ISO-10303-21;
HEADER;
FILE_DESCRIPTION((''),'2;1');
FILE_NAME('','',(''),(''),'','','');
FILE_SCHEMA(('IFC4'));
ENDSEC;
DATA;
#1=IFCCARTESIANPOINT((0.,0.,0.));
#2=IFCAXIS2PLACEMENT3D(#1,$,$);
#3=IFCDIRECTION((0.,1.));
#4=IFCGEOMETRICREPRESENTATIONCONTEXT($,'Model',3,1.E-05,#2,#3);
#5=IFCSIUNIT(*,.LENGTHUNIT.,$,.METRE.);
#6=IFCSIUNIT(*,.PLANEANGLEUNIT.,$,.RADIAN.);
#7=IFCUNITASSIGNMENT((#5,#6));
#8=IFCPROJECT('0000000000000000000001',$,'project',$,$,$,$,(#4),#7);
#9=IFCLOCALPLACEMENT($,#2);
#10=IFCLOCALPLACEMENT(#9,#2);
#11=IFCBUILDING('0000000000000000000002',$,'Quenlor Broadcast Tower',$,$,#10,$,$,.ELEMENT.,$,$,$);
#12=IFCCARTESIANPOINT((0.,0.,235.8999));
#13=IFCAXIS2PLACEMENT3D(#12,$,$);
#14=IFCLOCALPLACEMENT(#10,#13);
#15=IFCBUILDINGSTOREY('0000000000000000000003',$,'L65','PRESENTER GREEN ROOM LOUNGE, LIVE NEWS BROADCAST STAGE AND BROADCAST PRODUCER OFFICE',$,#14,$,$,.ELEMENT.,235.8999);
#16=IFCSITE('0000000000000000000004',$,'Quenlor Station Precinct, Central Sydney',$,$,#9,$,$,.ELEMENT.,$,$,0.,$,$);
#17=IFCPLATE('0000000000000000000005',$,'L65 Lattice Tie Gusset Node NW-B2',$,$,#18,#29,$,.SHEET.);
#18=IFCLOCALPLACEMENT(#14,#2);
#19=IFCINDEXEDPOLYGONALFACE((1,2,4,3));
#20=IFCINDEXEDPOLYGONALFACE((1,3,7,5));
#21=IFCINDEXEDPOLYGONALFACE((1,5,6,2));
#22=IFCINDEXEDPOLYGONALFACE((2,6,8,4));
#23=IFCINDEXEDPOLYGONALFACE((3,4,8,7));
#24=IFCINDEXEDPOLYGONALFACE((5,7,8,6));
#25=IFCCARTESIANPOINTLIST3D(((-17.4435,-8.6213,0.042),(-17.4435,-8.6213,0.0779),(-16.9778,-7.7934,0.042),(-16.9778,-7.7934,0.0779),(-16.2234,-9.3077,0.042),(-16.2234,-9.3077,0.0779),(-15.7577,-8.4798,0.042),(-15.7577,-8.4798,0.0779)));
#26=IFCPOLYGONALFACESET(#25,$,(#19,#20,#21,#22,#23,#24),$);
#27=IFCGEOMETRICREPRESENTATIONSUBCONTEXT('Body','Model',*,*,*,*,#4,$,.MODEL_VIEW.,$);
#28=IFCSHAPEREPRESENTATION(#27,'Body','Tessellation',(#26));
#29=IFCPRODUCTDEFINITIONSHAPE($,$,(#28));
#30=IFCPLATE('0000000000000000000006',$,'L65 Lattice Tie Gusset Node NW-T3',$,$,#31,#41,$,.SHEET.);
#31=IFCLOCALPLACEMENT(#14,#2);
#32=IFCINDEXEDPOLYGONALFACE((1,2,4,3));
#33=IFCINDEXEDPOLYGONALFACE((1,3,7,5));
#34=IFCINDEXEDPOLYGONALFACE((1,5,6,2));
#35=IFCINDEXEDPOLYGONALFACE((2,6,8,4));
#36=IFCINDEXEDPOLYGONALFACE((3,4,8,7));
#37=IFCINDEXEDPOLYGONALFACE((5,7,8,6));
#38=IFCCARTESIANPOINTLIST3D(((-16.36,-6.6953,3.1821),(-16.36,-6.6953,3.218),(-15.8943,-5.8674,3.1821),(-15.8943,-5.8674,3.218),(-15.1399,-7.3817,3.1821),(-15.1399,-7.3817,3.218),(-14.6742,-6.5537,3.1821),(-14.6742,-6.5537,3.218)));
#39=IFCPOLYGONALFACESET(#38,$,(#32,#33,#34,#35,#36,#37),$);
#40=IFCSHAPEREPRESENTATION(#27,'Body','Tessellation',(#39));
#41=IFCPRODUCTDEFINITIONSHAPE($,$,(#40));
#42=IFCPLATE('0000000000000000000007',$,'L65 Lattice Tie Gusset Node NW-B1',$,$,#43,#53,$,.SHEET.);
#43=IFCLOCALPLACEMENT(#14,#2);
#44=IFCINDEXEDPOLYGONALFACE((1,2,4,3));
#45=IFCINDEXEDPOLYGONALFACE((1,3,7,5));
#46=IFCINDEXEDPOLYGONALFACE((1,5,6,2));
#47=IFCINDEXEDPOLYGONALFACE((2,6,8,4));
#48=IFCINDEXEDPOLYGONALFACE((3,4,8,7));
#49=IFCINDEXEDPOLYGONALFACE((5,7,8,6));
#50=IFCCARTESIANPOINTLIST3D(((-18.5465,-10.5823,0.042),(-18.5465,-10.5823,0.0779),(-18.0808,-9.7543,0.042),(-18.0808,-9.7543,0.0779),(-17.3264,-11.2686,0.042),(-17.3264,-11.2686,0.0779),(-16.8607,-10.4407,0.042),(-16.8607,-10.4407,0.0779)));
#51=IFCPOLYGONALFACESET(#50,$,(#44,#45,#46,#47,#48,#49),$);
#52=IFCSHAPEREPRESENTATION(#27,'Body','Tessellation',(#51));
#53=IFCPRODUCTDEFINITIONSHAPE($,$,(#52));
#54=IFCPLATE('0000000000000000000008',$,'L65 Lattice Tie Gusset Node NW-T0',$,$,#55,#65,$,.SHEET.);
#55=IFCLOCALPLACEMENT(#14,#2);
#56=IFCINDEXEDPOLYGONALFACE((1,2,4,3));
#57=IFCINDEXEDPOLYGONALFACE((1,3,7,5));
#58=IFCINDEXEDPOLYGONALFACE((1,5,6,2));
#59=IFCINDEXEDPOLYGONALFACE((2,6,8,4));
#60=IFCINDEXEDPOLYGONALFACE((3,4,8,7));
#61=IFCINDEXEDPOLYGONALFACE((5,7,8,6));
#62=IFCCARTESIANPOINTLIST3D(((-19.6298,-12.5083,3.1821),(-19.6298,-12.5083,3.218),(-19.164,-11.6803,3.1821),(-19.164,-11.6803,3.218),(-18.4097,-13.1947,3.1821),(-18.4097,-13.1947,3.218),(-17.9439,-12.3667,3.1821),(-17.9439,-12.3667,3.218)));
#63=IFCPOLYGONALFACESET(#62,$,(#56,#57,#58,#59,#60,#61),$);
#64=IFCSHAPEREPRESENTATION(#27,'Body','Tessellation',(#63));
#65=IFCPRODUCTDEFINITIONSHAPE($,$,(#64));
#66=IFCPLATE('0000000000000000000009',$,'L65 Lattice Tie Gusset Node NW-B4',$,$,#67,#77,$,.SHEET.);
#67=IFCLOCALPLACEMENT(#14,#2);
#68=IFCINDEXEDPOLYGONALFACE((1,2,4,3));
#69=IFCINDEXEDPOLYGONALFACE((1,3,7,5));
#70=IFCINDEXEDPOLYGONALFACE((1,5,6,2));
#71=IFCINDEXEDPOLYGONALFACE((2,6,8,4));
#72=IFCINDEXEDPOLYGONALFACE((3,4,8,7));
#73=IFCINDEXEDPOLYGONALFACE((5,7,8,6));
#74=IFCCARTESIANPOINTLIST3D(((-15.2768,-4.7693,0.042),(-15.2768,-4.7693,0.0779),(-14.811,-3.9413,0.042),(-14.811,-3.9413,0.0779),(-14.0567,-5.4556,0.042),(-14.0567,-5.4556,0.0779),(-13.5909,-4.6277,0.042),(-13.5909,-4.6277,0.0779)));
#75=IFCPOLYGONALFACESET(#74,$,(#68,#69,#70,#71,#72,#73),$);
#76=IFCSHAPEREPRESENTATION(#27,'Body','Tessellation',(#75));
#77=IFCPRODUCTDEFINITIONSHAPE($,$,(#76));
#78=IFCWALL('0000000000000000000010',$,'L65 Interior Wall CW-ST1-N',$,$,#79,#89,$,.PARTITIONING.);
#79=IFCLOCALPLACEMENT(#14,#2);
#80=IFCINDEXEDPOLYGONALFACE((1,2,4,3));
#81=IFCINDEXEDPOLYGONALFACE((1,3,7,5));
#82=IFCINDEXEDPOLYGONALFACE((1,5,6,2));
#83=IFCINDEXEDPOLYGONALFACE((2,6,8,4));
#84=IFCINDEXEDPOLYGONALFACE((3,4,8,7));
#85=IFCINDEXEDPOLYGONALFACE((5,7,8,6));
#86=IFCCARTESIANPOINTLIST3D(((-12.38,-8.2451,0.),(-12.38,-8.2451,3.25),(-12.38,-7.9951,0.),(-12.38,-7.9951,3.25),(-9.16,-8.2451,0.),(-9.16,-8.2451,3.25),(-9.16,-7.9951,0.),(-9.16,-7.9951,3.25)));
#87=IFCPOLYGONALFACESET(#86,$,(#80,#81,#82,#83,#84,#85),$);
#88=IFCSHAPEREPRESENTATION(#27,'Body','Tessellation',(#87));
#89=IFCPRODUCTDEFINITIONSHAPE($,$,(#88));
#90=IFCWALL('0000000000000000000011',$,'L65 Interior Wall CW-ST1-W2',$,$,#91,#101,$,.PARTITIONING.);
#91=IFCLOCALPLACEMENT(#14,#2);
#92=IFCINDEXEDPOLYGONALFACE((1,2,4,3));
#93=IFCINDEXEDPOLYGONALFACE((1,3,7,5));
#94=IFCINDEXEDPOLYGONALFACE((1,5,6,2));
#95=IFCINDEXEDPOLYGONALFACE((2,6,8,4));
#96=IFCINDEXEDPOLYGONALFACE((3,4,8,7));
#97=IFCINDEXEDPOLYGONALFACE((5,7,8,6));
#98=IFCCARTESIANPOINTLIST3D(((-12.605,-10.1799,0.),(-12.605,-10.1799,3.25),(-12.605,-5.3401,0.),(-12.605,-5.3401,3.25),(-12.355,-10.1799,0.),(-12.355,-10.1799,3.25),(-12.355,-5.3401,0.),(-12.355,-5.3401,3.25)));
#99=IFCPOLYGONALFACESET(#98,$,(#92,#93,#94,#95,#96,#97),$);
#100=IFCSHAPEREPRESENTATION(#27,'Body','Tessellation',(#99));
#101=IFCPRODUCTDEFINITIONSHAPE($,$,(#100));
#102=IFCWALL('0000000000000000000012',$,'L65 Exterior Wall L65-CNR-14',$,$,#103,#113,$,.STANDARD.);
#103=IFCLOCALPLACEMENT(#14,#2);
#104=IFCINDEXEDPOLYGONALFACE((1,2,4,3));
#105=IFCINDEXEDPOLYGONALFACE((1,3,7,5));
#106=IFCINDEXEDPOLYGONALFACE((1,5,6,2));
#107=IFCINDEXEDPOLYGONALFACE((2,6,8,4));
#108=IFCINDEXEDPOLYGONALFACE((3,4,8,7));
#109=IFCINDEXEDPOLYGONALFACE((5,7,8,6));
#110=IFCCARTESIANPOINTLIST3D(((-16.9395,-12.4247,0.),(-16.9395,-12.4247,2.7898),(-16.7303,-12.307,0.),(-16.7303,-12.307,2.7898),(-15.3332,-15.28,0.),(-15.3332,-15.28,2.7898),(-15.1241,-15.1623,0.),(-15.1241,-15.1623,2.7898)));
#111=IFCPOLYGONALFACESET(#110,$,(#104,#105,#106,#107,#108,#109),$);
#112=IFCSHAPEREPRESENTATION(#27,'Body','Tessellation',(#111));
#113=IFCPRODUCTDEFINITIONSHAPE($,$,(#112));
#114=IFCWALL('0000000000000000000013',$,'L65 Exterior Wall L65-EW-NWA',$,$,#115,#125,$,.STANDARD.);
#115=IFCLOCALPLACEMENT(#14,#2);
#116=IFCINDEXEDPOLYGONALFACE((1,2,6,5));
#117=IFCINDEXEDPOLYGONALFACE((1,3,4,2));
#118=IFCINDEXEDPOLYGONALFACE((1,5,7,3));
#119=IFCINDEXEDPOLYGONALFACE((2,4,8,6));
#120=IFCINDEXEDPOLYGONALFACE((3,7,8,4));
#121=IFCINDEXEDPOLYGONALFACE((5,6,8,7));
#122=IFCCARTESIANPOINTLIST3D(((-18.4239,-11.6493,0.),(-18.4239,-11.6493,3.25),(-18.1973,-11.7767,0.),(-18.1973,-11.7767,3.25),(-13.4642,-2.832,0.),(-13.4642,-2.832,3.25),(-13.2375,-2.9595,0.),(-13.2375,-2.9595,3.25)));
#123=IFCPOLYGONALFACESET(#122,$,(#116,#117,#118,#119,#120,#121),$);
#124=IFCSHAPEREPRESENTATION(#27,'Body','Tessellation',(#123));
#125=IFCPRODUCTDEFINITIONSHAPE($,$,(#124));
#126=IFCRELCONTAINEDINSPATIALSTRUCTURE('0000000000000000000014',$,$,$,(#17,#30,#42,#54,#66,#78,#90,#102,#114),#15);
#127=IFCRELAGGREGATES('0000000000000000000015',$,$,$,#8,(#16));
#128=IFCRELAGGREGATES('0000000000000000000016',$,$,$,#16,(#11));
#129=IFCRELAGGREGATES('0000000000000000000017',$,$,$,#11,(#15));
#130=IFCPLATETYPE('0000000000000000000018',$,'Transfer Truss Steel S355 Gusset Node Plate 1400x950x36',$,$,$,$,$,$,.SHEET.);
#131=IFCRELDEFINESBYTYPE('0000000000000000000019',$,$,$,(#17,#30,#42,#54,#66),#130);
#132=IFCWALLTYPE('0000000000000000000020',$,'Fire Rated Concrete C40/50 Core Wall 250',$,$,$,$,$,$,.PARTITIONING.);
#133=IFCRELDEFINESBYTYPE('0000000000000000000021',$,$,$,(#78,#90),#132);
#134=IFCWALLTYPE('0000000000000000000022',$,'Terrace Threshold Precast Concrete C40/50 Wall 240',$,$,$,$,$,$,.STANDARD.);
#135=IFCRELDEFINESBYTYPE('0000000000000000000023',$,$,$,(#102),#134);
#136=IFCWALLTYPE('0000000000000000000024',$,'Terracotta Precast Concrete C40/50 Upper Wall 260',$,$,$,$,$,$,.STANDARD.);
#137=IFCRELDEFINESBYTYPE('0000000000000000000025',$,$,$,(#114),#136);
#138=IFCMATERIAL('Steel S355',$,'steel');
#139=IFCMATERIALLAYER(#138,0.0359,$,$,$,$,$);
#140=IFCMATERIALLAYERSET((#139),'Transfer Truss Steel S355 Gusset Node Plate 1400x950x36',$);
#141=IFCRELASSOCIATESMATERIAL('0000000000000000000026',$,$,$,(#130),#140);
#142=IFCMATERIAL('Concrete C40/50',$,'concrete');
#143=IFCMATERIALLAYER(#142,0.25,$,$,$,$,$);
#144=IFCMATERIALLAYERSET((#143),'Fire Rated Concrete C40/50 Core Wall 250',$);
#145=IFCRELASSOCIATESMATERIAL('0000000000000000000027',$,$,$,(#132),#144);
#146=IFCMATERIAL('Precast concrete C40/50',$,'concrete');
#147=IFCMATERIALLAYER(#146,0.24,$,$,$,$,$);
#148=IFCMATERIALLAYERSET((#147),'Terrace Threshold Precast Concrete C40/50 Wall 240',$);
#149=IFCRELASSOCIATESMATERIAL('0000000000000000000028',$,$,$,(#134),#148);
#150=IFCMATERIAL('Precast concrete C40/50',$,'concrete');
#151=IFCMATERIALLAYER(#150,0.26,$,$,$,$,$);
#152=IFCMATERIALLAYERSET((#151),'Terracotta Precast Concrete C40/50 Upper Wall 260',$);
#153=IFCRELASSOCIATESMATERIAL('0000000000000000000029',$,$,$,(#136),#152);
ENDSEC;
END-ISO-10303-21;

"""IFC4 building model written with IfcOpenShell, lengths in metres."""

from ifc_helpers import new_model, si_unit, direction, frame, frame_2d, origin, origin_2d, place, context, subcontext, project, spatial, rectangle, extrude, material, layer, layer_set, type_object, element, save


model = new_model("IFC4")

# Units and contexts
model_context = context("Model", 3, precision=1e-05, world=origin(), true_north=direction((0.0, 1.0)))
body_context = subcontext(model_context, "Body", "Model", "MODEL_VIEW")
ifc_project = project(units=[si_unit("LENGTHUNIT", "METRE"), si_unit("PLANEANGLEUNIT", "RADIAN")], contexts=[model_context])

# Site, building, storey
site_placement = place(None, origin())
site = spatial("IfcSite", under=ifc_project, at=site_placement, Name="Quenlor Station Precinct, Central Sydney", CompositionType="ELEMENT", RefElevation=0.0)
building_placement = place(site_placement, origin())
building = spatial("IfcBuilding", under=site, at=building_placement, Name="Quenlor Broadcast Tower", CompositionType="ELEMENT")
storey_placement = place(building_placement, frame((0.0, 0.0, 235.8999)))
storey = spatial("IfcBuildingStorey", under=building, at=storey_placement, Name="L65", Description="PRESENTER GREEN ROOM LOUNGE, LIVE NEWS BROADCAST STAGE AND BROADCAST PRODUCER OFFICE", CompositionType="ELEMENT", Elevation=235.8999)

# Plates
ifc_material_1 = material(Name="Steel S355", Category="steel")
ifc_layer_1 = layer(ifc_material_1, 0.0359)
ifc_layer_set_1 = layer_set([ifc_layer_1], Name="Transfer Truss Steel S355 Gusset Node Plate 1400x950x36")
plate_type = type_object("IfcPlateType", Name="Transfer Truss Steel S355 Gusset Node Plate 1400x950x36", PredefinedType="SHEET", material=ifc_layer_set_1)
for number, where, z_axis, x_axis, name in (
    (1, (-16.6006, -8.5505, 0.042), (0.0, 0.0, 1.0), (-0.871556, 0.490295, 0.0), "L65 Lattice Tie Gusset Node NW-B2"),
    (2, (-15.5171, -6.6245, 3.1821), (0.0, 0.0, 1.0), (-0.871556, 0.490295, 0.0), "L65 Lattice Tie Gusset Node NW-T3"),
    (3, (-17.7036, -10.5115, 0.042), (0.0, 0.0, 1.0), (-0.871556, 0.490295, 0.0), "L65 Lattice Tie Gusset Node NW-B1"),
    (4, (-18.7869, -12.4375, 3.1821), (0.0, 0.0, 1.0), (-0.871556, 0.490295, 0.0), "L65 Lattice Tie Gusset Node NW-T0"),
    (5, (-14.4338, -4.6985, 0.042), (0.0, 0.0, 1.0), (-0.871556, 0.490295, 0.0), "L65 Lattice Tie Gusset Node NW-B4"),
):
    element("IfcPlate", number, at=place(storey_placement, frame(where, z_axis=z_axis, x_axis=x_axis)), inside=storey, type_object=plate_type, Name=name, PredefinedType="SHEET", context=body_context, shape_type="SweptSolid", body=[
        extrude(rectangle(XDim=1.3999, YDim=0.95, at=origin_2d()), origin(), (0.0, 0.0, 1.0), 0.0359),
    ])

# Walls
ifc_material_2 = material(Name="Concrete C40/50", Category="concrete")
ifc_layer_2 = layer(ifc_material_2, 0.25)
ifc_layer_set_2 = layer_set([ifc_layer_2], Name="Fire Rated Concrete C40/50 Core Wall 250")
wall_type_1 = type_object("IfcWallType", Name="Fire Rated Concrete C40/50 Core Wall 250", PredefinedType="PARTITIONING", material=ifc_layer_set_2)
wall_1_placement = place(storey_placement, frame((-12.3799, -8.1201, 0.0), z_axis=(0.0, 0.0, 1.0), x_axis=(1.0, 0.0, 0.0)))
element("IfcWall", 6, at=wall_1_placement, inside=storey, type_object=wall_type_1, Name="L65 Interior Wall CW-ST1-N", PredefinedType="PARTITIONING", context=body_context, shape_type="SweptSolid", body=[
    extrude(rectangle(XDim=3.22, YDim=0.25, at=frame_2d((1.6099, 0.0))), origin(), (0.0, 0.0, 1.0), 3.25),
])
wall_2_placement = place(storey_placement, frame((-12.48, -10.1799, 0.0), z_axis=(0.0, 0.0, 1.0), x_axis=(0.0, 1.0, 0.0)))
element("IfcWall", 7, at=wall_2_placement, inside=storey, type_object=wall_type_1, Name="L65 Interior Wall CW-ST1-W2", PredefinedType="PARTITIONING", context=body_context, shape_type="SweptSolid", body=[
    extrude(rectangle(XDim=4.8398, YDim=0.25, at=frame_2d((2.4199, 0.0))), origin(), (0.0, 0.0, 1.0), 3.25),
])

# Walls
ifc_material_3 = material(Name="Precast concrete C40/50", Category="concrete")
ifc_layer_3 = layer(ifc_material_3, 0.24)
ifc_layer_set_3 = layer_set([ifc_layer_3], Name="Terrace Threshold Precast Concrete C40/50 Wall 240")
wall_type_2 = type_object("IfcWallType", Name="Terrace Threshold Precast Concrete C40/50 Wall 240", PredefinedType="STANDARD", material=ifc_layer_set_3)
wall_3_placement = place(storey_placement, frame((-16.835, -12.3657, 0.0), z_axis=(0.0, 0.0, 1.0), x_axis=(0.490293, -0.871558, 0.0)))
element("IfcWall", 8, at=wall_3_placement, inside=storey, type_object=wall_type_2, Name="L65 Exterior Wall L65-CNR-14", PredefinedType="STANDARD", context=body_context, shape_type="SweptSolid", body=[
    extrude(rectangle(XDim=3.2761, YDim=0.24, at=frame_2d((1.6382, 0.0))), origin(), (0.0, 0.0, 1.0), 2.7898),
])
ifc_material_4 = material(Name="Precast concrete C40/50", Category="concrete")
ifc_layer_4 = layer(ifc_material_4, 0.26)
ifc_layer_set_4 = layer_set([ifc_layer_4], Name="Terracotta Precast Concrete C40/50 Upper Wall 260")
wall_type_3 = type_object("IfcWallType", Name="Terracotta Precast Concrete C40/50 Upper Wall 260", PredefinedType="STANDARD", material=ifc_layer_set_4)
wall_4_placement = place(storey_placement, frame((-18.3105, -11.7129, 0.0), z_axis=(0.0, 0.0, 1.0), x_axis=(0.490267, 0.871572, 0.0)))
element("IfcWall", 9, at=wall_4_placement, inside=storey, type_object=wall_type_3, Name="L65 Exterior Wall L65-EW-NWA", PredefinedType="STANDARD", context=body_context, shape_type="SweptSolid", body=[
    extrude(rectangle(XDim=10.1165, YDim=0.26, at=frame_2d((5.0581, 0.0))), origin(), (0.0, 0.0, 1.0), 3.25),
])

save(model, "model.ifc")
